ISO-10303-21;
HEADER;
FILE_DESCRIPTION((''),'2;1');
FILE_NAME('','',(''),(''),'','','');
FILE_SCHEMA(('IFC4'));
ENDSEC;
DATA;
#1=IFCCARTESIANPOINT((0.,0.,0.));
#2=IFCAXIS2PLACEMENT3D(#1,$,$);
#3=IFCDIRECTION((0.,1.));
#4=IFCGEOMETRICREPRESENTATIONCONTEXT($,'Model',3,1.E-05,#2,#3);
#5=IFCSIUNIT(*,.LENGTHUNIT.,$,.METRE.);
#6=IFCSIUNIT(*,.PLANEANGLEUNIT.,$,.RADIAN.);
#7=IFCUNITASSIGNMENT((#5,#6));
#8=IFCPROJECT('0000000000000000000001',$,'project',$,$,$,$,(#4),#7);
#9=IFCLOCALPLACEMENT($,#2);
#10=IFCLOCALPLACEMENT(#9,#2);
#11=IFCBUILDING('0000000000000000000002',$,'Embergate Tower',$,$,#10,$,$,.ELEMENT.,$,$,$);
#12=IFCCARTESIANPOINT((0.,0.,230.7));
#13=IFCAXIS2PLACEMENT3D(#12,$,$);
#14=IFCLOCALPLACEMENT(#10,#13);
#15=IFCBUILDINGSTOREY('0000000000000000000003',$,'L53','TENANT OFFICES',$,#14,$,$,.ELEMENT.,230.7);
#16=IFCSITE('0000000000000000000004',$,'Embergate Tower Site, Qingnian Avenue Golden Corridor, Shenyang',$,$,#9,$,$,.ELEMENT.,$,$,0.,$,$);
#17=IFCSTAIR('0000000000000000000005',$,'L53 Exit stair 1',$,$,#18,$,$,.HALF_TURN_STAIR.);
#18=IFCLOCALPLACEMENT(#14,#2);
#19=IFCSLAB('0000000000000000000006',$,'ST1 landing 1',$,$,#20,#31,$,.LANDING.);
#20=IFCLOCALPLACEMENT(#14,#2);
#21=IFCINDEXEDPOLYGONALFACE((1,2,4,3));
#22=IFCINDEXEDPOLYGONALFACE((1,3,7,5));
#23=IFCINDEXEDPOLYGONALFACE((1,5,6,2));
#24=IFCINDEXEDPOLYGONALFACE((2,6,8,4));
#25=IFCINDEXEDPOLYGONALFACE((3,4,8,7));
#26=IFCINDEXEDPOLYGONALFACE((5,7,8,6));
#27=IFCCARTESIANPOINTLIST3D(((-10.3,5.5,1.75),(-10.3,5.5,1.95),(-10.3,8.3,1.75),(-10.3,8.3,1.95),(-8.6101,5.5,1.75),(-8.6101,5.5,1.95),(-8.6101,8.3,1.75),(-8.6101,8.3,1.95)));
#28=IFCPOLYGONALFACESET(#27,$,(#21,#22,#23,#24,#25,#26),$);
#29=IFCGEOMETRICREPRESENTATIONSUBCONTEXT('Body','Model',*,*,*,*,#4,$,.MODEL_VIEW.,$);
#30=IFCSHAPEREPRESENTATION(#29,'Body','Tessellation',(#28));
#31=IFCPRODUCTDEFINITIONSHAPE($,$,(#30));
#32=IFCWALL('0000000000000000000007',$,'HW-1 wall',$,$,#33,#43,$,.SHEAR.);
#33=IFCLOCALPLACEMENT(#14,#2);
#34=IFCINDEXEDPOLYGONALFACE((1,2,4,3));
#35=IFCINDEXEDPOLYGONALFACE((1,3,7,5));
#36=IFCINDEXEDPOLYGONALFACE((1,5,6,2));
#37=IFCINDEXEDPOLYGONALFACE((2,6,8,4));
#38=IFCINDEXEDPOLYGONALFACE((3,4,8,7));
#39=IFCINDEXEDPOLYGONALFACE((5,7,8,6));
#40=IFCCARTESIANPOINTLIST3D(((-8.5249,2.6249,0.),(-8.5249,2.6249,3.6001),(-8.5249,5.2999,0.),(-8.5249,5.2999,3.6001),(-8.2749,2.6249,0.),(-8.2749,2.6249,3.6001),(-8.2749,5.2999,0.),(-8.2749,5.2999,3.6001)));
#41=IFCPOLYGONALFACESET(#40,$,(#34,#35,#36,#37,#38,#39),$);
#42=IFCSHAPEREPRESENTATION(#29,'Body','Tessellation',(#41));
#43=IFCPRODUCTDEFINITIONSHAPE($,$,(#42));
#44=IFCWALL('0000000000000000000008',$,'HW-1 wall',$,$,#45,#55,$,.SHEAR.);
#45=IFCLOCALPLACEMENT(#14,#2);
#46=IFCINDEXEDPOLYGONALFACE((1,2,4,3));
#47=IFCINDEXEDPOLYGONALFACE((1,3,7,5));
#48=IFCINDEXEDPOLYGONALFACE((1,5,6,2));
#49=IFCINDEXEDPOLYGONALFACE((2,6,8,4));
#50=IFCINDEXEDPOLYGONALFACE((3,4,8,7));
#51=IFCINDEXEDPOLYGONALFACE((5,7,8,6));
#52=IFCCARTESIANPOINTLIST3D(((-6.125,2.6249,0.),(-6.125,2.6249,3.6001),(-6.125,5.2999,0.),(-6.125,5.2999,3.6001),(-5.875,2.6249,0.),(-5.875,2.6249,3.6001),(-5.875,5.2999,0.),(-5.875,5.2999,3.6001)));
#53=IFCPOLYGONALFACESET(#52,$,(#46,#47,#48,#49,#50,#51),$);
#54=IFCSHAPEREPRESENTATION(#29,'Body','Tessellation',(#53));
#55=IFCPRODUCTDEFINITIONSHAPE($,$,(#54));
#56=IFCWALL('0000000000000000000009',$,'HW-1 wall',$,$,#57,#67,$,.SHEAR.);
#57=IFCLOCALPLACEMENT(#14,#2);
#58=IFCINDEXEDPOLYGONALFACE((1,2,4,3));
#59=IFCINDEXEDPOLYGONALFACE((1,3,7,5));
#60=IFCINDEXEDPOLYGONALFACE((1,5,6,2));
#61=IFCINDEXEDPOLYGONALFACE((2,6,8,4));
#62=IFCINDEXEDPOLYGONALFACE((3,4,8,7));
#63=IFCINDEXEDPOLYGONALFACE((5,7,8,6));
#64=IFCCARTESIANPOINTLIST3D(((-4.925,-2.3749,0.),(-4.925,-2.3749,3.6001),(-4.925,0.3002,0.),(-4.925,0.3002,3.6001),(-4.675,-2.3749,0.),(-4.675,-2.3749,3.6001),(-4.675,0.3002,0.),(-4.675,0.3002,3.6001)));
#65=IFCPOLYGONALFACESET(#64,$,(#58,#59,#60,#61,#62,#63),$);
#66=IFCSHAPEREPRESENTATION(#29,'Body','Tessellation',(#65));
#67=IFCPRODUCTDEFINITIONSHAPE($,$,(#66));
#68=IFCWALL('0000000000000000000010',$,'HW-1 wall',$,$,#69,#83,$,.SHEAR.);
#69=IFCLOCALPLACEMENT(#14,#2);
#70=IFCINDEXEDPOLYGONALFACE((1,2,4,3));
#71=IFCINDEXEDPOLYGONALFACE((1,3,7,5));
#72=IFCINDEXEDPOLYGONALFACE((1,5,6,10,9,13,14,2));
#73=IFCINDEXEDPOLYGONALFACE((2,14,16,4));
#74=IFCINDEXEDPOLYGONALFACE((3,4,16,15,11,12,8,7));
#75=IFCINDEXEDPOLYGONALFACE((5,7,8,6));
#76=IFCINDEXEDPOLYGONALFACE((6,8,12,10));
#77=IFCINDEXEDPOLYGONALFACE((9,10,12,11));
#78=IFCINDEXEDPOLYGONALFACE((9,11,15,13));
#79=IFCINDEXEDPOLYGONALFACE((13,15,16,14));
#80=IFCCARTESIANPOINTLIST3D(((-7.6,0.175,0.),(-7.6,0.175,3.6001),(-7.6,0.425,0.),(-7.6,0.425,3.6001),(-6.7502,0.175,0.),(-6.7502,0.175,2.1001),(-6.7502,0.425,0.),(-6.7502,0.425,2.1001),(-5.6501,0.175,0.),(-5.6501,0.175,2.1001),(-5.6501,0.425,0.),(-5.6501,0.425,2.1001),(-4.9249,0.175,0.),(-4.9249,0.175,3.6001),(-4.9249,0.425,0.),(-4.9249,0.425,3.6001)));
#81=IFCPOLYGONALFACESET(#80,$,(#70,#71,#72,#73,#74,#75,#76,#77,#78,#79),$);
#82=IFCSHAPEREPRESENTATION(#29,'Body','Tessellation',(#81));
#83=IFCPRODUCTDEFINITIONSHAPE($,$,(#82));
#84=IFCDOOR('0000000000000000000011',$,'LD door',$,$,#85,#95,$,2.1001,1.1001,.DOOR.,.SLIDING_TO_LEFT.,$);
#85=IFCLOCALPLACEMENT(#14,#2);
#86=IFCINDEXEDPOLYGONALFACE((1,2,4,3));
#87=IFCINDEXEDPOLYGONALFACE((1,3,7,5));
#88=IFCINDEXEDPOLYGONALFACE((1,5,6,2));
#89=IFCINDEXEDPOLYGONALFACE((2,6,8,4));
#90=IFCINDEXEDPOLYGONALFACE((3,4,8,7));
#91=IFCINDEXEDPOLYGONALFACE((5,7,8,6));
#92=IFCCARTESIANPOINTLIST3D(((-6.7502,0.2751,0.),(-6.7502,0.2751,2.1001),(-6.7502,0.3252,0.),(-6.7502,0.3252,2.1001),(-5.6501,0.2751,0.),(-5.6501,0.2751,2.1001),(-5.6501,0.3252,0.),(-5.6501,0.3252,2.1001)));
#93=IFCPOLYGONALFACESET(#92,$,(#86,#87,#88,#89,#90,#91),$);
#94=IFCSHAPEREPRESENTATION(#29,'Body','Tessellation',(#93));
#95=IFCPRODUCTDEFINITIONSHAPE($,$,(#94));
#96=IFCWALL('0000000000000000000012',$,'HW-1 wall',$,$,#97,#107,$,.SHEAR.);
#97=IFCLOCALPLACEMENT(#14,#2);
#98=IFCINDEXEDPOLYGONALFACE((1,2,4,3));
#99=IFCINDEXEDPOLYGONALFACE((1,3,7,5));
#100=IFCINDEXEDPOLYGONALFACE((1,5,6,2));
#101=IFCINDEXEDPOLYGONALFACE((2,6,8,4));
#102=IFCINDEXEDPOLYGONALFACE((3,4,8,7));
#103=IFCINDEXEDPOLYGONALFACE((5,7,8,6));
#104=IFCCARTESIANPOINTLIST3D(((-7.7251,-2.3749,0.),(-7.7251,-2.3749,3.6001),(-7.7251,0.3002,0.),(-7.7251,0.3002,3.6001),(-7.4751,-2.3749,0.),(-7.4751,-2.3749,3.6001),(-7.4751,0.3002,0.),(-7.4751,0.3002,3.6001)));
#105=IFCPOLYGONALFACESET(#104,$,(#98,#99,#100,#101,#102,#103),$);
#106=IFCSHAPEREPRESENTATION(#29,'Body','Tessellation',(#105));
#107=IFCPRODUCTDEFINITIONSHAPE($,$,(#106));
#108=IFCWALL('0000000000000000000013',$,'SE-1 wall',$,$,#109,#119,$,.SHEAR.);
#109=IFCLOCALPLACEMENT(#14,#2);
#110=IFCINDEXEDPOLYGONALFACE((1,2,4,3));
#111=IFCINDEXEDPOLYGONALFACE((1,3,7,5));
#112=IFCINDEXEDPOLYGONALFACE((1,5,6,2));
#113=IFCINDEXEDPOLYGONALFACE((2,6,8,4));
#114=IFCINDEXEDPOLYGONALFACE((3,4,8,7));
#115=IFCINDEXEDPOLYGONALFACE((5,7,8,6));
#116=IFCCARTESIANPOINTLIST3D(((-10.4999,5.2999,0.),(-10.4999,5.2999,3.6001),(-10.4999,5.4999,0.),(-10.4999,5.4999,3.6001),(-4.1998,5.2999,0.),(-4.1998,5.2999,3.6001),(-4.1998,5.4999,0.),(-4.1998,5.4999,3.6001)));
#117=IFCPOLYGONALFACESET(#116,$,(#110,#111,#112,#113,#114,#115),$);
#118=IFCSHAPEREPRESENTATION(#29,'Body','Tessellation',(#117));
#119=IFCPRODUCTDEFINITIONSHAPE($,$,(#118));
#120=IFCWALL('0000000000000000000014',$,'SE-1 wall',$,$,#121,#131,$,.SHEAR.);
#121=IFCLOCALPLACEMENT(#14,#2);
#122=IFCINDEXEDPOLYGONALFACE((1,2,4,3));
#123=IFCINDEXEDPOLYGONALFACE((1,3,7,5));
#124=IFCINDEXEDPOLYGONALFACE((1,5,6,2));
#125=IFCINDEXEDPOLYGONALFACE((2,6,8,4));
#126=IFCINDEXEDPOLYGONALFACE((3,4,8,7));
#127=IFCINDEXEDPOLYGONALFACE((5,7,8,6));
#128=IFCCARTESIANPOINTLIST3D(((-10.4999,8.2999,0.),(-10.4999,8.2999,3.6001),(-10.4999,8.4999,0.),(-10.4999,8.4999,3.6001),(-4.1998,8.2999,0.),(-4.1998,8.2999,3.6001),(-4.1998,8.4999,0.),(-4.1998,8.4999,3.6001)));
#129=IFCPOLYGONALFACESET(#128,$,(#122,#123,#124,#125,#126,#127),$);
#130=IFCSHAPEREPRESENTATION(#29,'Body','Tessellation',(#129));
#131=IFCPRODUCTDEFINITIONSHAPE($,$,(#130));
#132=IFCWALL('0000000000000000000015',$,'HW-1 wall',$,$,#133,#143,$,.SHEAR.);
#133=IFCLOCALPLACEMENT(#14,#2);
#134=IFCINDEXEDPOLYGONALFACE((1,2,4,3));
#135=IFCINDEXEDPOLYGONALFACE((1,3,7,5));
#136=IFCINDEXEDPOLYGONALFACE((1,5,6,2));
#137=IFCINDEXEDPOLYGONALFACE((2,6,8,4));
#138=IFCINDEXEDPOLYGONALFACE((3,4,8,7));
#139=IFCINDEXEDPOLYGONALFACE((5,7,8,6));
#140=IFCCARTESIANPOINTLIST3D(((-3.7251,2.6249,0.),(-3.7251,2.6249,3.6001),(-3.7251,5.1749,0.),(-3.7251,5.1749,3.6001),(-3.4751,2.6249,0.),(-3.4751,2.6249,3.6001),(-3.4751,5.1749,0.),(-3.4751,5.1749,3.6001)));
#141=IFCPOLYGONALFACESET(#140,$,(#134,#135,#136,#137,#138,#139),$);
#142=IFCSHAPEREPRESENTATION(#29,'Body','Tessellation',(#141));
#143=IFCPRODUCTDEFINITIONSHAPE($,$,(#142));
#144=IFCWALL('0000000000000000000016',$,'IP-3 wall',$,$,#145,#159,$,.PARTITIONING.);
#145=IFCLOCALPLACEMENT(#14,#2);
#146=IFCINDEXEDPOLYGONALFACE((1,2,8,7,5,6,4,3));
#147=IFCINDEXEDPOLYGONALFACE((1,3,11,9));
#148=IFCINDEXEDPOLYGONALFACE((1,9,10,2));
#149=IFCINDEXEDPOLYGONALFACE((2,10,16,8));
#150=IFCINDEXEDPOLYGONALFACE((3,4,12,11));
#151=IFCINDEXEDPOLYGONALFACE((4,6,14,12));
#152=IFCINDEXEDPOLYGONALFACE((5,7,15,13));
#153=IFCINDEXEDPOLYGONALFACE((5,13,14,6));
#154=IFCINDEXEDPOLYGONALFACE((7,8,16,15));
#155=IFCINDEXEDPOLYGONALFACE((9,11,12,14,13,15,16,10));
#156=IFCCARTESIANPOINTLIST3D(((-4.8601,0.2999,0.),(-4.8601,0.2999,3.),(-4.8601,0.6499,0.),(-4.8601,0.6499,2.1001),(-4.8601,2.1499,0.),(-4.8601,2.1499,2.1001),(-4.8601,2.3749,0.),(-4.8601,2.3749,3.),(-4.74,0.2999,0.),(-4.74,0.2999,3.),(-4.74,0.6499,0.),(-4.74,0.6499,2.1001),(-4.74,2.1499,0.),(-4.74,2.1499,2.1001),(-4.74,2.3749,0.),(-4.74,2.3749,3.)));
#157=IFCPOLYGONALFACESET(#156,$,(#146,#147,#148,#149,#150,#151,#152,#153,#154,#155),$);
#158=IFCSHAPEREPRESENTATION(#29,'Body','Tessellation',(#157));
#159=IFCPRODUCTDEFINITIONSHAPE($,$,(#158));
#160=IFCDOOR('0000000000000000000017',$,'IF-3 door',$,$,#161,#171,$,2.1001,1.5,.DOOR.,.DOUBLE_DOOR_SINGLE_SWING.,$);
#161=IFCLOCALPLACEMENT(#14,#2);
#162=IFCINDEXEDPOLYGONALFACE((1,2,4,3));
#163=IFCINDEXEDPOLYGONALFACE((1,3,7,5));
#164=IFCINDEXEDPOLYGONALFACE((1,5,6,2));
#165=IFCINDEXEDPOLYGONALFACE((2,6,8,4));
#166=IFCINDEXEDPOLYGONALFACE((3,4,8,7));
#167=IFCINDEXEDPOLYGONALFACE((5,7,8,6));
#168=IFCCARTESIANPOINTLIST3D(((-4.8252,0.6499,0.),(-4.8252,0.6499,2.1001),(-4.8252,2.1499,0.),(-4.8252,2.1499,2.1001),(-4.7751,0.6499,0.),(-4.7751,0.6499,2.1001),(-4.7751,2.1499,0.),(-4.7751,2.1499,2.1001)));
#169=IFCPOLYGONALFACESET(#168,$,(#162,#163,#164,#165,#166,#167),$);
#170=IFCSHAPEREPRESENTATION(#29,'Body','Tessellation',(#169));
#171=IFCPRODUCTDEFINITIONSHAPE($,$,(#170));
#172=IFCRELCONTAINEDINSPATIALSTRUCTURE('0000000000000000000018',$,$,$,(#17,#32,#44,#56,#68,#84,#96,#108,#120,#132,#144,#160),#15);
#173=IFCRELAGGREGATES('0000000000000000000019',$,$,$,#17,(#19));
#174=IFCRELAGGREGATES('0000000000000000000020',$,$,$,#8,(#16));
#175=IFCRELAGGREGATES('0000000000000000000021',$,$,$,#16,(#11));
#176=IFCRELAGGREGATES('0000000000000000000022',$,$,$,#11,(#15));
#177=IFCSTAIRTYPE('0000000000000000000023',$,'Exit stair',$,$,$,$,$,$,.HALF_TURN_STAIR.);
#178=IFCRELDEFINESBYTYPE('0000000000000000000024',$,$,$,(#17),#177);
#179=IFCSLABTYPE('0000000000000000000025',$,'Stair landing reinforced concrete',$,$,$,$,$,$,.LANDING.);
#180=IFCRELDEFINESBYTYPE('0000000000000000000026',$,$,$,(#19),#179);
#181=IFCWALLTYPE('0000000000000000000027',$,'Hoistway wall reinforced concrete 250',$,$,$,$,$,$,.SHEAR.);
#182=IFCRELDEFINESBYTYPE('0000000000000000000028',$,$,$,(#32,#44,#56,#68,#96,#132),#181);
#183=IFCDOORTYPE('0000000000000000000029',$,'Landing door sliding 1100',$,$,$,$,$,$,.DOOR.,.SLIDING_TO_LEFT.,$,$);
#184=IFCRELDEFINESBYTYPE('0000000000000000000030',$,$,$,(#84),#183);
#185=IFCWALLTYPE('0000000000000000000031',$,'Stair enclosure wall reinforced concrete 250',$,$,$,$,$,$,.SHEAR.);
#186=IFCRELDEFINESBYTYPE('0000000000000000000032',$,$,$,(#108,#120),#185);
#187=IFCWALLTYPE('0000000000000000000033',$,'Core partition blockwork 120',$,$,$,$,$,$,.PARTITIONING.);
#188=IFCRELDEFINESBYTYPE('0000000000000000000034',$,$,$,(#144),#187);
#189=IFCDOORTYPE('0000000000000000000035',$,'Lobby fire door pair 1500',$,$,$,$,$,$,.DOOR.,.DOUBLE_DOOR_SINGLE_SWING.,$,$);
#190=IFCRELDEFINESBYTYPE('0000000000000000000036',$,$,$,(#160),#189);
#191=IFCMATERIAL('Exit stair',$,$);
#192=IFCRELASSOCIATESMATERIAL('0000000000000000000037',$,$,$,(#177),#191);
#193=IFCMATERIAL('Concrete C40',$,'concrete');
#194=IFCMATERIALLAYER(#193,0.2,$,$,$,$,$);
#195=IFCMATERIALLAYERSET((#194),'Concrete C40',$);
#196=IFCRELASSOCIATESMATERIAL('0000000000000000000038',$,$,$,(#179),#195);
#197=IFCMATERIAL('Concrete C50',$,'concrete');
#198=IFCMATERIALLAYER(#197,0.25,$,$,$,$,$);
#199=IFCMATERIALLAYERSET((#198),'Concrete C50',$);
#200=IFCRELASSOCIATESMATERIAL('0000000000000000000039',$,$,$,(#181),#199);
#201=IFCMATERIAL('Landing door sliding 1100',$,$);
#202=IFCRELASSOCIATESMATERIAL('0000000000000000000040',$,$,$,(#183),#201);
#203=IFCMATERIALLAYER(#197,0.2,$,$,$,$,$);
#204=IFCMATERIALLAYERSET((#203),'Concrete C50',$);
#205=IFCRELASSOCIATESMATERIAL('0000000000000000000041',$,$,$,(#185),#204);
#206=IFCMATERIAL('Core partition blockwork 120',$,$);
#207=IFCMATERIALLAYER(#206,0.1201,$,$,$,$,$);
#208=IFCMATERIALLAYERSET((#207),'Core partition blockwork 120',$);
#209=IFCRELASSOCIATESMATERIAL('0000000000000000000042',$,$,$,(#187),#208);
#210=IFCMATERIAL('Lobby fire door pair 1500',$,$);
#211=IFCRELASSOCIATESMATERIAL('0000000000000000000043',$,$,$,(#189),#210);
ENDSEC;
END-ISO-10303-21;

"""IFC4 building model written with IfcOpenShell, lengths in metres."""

from ifc_helpers import new_model, si_unit, direction, frame, frame_2d, origin, place, context, subcontext, project, spatial, polyline, rectangle, outline, extrude, source, transform, mapped, material, layer, layer_set, type_object, element, fill, aggregate, save


model = new_model("IFC4")

# Units and contexts
model_context = context("Model", 3, precision=1e-05, world=origin(), true_north=direction((0.0, 1.0)))
body_context = subcontext(model_context, "Body", "Model", "MODEL_VIEW")
ifc_project = project(units=[si_unit("LENGTHUNIT", "METRE"), si_unit("PLANEANGLEUNIT", "RADIAN")], contexts=[model_context])

# Site, building, storey
site_placement = place(None, origin())
site = spatial("IfcSite", under=ifc_project, at=site_placement, Name="Embergate Tower Site, Qingnian Avenue Golden Corridor, Shenyang", CompositionType="ELEMENT", RefElevation=0.0)
building_placement = place(site_placement, origin())
building = spatial("IfcBuilding", under=site, at=building_placement, Name="Embergate Tower", CompositionType="ELEMENT")
storey_placement = place(building_placement, frame((0.0, 0.0, 230.7)))
storey = spatial("IfcBuildingStorey", under=building, at=storey_placement, Name="L53", Description="TENANT OFFICES", CompositionType="ELEMENT", Elevation=230.7)

# Stair, slab
ifc_material_1 = material(Name="Exit stair")
stair_type = type_object("IfcStairType", Name="Exit stair", PredefinedType="HALF_TURN_STAIR", material=ifc_material_1)
stair_placement = place(storey_placement, origin())
stair = element("IfcStair", 1, at=stair_placement, inside=storey, type_object=stair_type, Name="L53 Exit stair 1", PredefinedType="HALF_TURN_STAIR")
ifc_material_2 = material(Name="Concrete C40", Category="concrete")
ifc_layer_1 = layer(ifc_material_2, 0.2)
ifc_layer_set_1 = layer_set([ifc_layer_1], Name="Concrete C40")
slab_type = type_object("IfcSlabType", Name="Stair landing reinforced concrete", PredefinedType="LANDING", material=ifc_layer_set_1)
shared_shape_1 = source(origin(), body_context, "Body", "SweptSolid", [
    extrude(outline(polyline([(0.0, 0.0), (1.6899, 0.0), (1.6899, 2.8), (0.0, 2.8), (0.0, 0.0)])), origin(), (0.0, 0.0, 1.0), 0.2),
])
slab_placement = place(storey_placement, frame((-10.3, 5.5, 1.75)))
slab = element("IfcSlab", 2, at=slab_placement, type_object=slab_type, Name="ST1 landing 1", PredefinedType="LANDING", context=body_context, shape_type="MappedRepresentation", body=[
    mapped(shared_shape_1, transform((0.0, 0.0, 0.0))),
])

# Walls
ifc_material_3 = material(Name="Concrete C50", Category="concrete")
ifc_layer_2 = layer(ifc_material_3, 0.25)
ifc_layer_set_2 = layer_set([ifc_layer_2], Name="Concrete C50")
wall_type_1 = type_object("IfcWallType", Name="Hoistway wall reinforced concrete 250", PredefinedType="SHEAR", material=ifc_layer_set_2)
shared_shape_2 = source(origin(), body_context, "Body", "SweptSolid", [
    extrude(rectangle(XDim=2.675, YDim=0.25, at=frame_2d((1.3374, 0.0))), origin(), (0.0, 0.0, 1.0), 3.6001),
])
for number, where, z_axis, x_axis, name in (
    (3, (-8.3999, 2.625, 0.0), (0.0, 0.0, 1.0), (0.0, 1.0, 0.0), "HW-1 wall"),
    (4, (-6.0, 2.625, 0.0), (0.0, 0.0, 1.0), (0.0, 1.0, 0.0), "HW-1 wall"),
    (5, (-4.8, 0.3, 0.0), (0.0, 0.0, 1.0), (0.0, -1.0, 0.0), "HW-1 wall"),
):
    element("IfcWall", number, at=place(storey_placement, frame(where, z_axis=z_axis, x_axis=x_axis)), inside=storey, type_object=wall_type_1, Name=name, PredefinedType="SHEAR", context=body_context, shape_type="MappedRepresentation", body=[
        mapped(shared_shape_2, transform((0.0, 0.0, 0.0))),
    ])

# Wall, opening, door
wall_1_placement = place(storey_placement, frame((-4.925, 0.3, 0.0), z_axis=(0.0, 0.0, 1.0), x_axis=(-1.0, 0.0, 0.0)))
wall_1 = element("IfcWall", 6, at=wall_1_placement, inside=storey, type_object=wall_type_1, Name="HW-1 wall", PredefinedType="SHEAR", context=body_context, shape_type="MappedRepresentation", body=[
    mapped(shared_shape_2, transform((0.0, 0.0, 0.0))),
])
shared_shape_3 = source(origin(), body_context, "Body", "SweptSolid", [
    extrude(rectangle(XDim=1.1001, YDim=2.1001, at=frame_2d((0.55, 1.05))), frame((0.0, 0.135, 0.0), z_axis=(0.0, -1.0, 0.0), x_axis=(1.0, 0.0, 0.0)), (0.0, 0.0, 1.0), 0.27),
])
opening_1_placement = place(wall_1_placement, frame((0.7251, 0.0, 0.0)))
opening_1 = element("IfcOpeningElement", 7, at=opening_1_placement, cuts=wall_1, PredefinedType="OPENING", context=body_context, shape_type="MappedRepresentation", body=[
    mapped(shared_shape_3, transform((0.0, 0.0, 0.0))),
])
ifc_material_4 = material(Name="Landing door sliding 1100")
door_type_1 = type_object("IfcDoorType", Name="Landing door sliding 1100", OperationType="SLIDING_TO_LEFT", PredefinedType="DOOR", material=ifc_material_4)
shared_shape_4 = source(origin(), body_context, "Body", "SweptSolid", [
    extrude(rectangle(XDim=1.1001, YDim=2.1001, at=frame_2d((0.55, 1.05))), frame((0.0, 0.0249, 0.0), z_axis=(0.0, -1.0, 0.0), x_axis=(1.0, 0.0, 0.0)), (0.0, 0.0, 1.0), 0.05),
])
door_1_placement = place(opening_1_placement, origin())
door_1 = element("IfcDoor", 8, at=door_1_placement, inside=storey, type_object=door_type_1, Name="LD door", OperationType="SLIDING_TO_LEFT", OverallHeight=2.1001, OverallWidth=1.1001, PredefinedType="DOOR", context=body_context, shape_type="MappedRepresentation", body=[
    mapped(shared_shape_4, transform((0.0, 0.0, 0.0))),
])
fill(opening_1, door_1)

# Walls
wall_2_placement = place(storey_placement, frame((-7.6001, 0.3, 0.0), z_axis=(0.0, 0.0, 1.0), x_axis=(0.0, -1.0, 0.0)))
element("IfcWall", 9, at=wall_2_placement, inside=storey, type_object=wall_type_1, Name="HW-1 wall", PredefinedType="SHEAR", context=body_context, shape_type="MappedRepresentation", body=[
    mapped(shared_shape_2, transform((0.0, 0.0, 0.0))),
])
ifc_layer_3 = layer(ifc_material_3, 0.2)
ifc_layer_set_3 = layer_set([ifc_layer_3], Name="Concrete C50")
wall_type_2 = type_object("IfcWallType", Name="Stair enclosure wall reinforced concrete 250", PredefinedType="SHEAR", material=ifc_layer_set_3)
shared_shape_5 = source(origin(), body_context, "Body", "SweptSolid", [
    extrude(rectangle(XDim=6.3, YDim=0.2, at=frame_2d((3.1499, 0.0))), origin(), (0.0, 0.0, 1.0), 3.6001),
])
for number, where, z_axis, x_axis, name in (
    (10, (-4.2, 5.3999, 0.0), (0.0, 0.0, 1.0), (-1.0, 0.0, 0.0), "SE-1 wall"),
    (11, (-4.2, 8.3999, 0.0), (0.0, 0.0, 1.0), (-1.0, 0.0, 0.0), "SE-1 wall"),
):
    element("IfcWall", number, at=place(storey_placement, frame(where, z_axis=z_axis, x_axis=x_axis)), inside=storey, type_object=wall_type_2, Name=name, PredefinedType="SHEAR", context=body_context, shape_type="MappedRepresentation", body=[
        mapped(shared_shape_5, transform((0.0, 0.0, 0.0))),
    ])
shared_shape_6 = source(origin(), body_context, "Body", "SweptSolid", [
    extrude(rectangle(XDim=2.55, YDim=0.25, at=frame_2d((1.2749, 0.0))), origin(), (0.0, 0.0, 1.0), 3.6001),
])
wall_3_placement = place(storey_placement, frame((-3.6001, 2.625, 0.0), z_axis=(0.0, 0.0, 1.0), x_axis=(0.0, 1.0, 0.0)))
element("IfcWall", 12, at=wall_3_placement, inside=storey, type_object=wall_type_1, Name="HW-1 wall", PredefinedType="SHEAR", context=body_context, shape_type="MappedRepresentation", body=[
    mapped(shared_shape_6, transform((0.0, 0.0, 0.0))),
])

# Wall, opening, door
ifc_material_5 = material(Name="Core partition blockwork 120")
ifc_layer_4 = layer(ifc_material_5, 0.1201)
ifc_layer_set_4 = layer_set([ifc_layer_4], Name="Core partition blockwork 120")
wall_type_3 = type_object("IfcWallType", Name="Core partition blockwork 120", PredefinedType="PARTITIONING", material=ifc_layer_set_4)
shared_shape_7 = source(origin(), body_context, "Body", "SweptSolid", [
    extrude(rectangle(XDim=2.075, YDim=0.1201, at=frame_2d((1.0376, 0.0))), origin(), (0.0, 0.0, 1.0), 3.0),
])
wall_4_placement = place(storey_placement, frame((-4.8, 2.375, 0.0), z_axis=(0.0, 0.0, 1.0), x_axis=(0.0, -1.0, 0.0)))
wall_4 = element("IfcWall", 13, at=wall_4_placement, inside=storey, type_object=wall_type_3, Name="IP-3 wall", PredefinedType="PARTITIONING", context=body_context, shape_type="MappedRepresentation", body=[
    mapped(shared_shape_7, transform((0.0, 0.0, 0.0))),
])
shared_shape_8 = source(origin(), body_context, "Body", "SweptSolid", [
    extrude(rectangle(XDim=1.5, YDim=2.1001, at=frame_2d((0.75, 1.05))), frame((0.0, 0.0701, 0.0), z_axis=(0.0, -1.0, 0.0), x_axis=(1.0, 0.0, 0.0)), (0.0, 0.0, 1.0), 0.1401),
])
opening_2_placement = place(wall_4_placement, frame((0.2251, 0.0, 0.0)))
opening_2 = element("IfcOpeningElement", 14, at=opening_2_placement, cuts=wall_4, PredefinedType="OPENING", context=body_context, shape_type="MappedRepresentation", body=[
    mapped(shared_shape_8, transform((0.0, 0.0, 0.0))),
])
ifc_material_6 = material(Name="Lobby fire door pair 1500")
door_type_2 = type_object("IfcDoorType", Name="Lobby fire door pair 1500", OperationType="DOUBLE_DOOR_SINGLE_SWING", PredefinedType="DOOR", material=ifc_material_6)
shared_shape_9 = source(origin(), body_context, "Body", "SweptSolid", [
    extrude(rectangle(XDim=1.5, YDim=2.1001, at=frame_2d((0.75, 1.05))), frame((0.0, 0.0249, 0.0), z_axis=(0.0, -1.0, 0.0), x_axis=(1.0, 0.0, 0.0)), (0.0, 0.0, 1.0), 0.05),
])
door_2_placement = place(opening_2_placement, origin())
door_2 = element("IfcDoor", 15, at=door_2_placement, inside=storey, type_object=door_type_2, Name="IF-3 door", OperationType="DOUBLE_DOOR_SINGLE_SWING", OverallHeight=2.1001, OverallWidth=1.5, PredefinedType="DOOR", context=body_context, shape_type="MappedRepresentation", body=[
    mapped(shared_shape_9, transform((0.0, 0.0, 0.0))),
])
fill(opening_2, door_2)

aggregate(stair, [slab])

save(model, "model.ifc")
